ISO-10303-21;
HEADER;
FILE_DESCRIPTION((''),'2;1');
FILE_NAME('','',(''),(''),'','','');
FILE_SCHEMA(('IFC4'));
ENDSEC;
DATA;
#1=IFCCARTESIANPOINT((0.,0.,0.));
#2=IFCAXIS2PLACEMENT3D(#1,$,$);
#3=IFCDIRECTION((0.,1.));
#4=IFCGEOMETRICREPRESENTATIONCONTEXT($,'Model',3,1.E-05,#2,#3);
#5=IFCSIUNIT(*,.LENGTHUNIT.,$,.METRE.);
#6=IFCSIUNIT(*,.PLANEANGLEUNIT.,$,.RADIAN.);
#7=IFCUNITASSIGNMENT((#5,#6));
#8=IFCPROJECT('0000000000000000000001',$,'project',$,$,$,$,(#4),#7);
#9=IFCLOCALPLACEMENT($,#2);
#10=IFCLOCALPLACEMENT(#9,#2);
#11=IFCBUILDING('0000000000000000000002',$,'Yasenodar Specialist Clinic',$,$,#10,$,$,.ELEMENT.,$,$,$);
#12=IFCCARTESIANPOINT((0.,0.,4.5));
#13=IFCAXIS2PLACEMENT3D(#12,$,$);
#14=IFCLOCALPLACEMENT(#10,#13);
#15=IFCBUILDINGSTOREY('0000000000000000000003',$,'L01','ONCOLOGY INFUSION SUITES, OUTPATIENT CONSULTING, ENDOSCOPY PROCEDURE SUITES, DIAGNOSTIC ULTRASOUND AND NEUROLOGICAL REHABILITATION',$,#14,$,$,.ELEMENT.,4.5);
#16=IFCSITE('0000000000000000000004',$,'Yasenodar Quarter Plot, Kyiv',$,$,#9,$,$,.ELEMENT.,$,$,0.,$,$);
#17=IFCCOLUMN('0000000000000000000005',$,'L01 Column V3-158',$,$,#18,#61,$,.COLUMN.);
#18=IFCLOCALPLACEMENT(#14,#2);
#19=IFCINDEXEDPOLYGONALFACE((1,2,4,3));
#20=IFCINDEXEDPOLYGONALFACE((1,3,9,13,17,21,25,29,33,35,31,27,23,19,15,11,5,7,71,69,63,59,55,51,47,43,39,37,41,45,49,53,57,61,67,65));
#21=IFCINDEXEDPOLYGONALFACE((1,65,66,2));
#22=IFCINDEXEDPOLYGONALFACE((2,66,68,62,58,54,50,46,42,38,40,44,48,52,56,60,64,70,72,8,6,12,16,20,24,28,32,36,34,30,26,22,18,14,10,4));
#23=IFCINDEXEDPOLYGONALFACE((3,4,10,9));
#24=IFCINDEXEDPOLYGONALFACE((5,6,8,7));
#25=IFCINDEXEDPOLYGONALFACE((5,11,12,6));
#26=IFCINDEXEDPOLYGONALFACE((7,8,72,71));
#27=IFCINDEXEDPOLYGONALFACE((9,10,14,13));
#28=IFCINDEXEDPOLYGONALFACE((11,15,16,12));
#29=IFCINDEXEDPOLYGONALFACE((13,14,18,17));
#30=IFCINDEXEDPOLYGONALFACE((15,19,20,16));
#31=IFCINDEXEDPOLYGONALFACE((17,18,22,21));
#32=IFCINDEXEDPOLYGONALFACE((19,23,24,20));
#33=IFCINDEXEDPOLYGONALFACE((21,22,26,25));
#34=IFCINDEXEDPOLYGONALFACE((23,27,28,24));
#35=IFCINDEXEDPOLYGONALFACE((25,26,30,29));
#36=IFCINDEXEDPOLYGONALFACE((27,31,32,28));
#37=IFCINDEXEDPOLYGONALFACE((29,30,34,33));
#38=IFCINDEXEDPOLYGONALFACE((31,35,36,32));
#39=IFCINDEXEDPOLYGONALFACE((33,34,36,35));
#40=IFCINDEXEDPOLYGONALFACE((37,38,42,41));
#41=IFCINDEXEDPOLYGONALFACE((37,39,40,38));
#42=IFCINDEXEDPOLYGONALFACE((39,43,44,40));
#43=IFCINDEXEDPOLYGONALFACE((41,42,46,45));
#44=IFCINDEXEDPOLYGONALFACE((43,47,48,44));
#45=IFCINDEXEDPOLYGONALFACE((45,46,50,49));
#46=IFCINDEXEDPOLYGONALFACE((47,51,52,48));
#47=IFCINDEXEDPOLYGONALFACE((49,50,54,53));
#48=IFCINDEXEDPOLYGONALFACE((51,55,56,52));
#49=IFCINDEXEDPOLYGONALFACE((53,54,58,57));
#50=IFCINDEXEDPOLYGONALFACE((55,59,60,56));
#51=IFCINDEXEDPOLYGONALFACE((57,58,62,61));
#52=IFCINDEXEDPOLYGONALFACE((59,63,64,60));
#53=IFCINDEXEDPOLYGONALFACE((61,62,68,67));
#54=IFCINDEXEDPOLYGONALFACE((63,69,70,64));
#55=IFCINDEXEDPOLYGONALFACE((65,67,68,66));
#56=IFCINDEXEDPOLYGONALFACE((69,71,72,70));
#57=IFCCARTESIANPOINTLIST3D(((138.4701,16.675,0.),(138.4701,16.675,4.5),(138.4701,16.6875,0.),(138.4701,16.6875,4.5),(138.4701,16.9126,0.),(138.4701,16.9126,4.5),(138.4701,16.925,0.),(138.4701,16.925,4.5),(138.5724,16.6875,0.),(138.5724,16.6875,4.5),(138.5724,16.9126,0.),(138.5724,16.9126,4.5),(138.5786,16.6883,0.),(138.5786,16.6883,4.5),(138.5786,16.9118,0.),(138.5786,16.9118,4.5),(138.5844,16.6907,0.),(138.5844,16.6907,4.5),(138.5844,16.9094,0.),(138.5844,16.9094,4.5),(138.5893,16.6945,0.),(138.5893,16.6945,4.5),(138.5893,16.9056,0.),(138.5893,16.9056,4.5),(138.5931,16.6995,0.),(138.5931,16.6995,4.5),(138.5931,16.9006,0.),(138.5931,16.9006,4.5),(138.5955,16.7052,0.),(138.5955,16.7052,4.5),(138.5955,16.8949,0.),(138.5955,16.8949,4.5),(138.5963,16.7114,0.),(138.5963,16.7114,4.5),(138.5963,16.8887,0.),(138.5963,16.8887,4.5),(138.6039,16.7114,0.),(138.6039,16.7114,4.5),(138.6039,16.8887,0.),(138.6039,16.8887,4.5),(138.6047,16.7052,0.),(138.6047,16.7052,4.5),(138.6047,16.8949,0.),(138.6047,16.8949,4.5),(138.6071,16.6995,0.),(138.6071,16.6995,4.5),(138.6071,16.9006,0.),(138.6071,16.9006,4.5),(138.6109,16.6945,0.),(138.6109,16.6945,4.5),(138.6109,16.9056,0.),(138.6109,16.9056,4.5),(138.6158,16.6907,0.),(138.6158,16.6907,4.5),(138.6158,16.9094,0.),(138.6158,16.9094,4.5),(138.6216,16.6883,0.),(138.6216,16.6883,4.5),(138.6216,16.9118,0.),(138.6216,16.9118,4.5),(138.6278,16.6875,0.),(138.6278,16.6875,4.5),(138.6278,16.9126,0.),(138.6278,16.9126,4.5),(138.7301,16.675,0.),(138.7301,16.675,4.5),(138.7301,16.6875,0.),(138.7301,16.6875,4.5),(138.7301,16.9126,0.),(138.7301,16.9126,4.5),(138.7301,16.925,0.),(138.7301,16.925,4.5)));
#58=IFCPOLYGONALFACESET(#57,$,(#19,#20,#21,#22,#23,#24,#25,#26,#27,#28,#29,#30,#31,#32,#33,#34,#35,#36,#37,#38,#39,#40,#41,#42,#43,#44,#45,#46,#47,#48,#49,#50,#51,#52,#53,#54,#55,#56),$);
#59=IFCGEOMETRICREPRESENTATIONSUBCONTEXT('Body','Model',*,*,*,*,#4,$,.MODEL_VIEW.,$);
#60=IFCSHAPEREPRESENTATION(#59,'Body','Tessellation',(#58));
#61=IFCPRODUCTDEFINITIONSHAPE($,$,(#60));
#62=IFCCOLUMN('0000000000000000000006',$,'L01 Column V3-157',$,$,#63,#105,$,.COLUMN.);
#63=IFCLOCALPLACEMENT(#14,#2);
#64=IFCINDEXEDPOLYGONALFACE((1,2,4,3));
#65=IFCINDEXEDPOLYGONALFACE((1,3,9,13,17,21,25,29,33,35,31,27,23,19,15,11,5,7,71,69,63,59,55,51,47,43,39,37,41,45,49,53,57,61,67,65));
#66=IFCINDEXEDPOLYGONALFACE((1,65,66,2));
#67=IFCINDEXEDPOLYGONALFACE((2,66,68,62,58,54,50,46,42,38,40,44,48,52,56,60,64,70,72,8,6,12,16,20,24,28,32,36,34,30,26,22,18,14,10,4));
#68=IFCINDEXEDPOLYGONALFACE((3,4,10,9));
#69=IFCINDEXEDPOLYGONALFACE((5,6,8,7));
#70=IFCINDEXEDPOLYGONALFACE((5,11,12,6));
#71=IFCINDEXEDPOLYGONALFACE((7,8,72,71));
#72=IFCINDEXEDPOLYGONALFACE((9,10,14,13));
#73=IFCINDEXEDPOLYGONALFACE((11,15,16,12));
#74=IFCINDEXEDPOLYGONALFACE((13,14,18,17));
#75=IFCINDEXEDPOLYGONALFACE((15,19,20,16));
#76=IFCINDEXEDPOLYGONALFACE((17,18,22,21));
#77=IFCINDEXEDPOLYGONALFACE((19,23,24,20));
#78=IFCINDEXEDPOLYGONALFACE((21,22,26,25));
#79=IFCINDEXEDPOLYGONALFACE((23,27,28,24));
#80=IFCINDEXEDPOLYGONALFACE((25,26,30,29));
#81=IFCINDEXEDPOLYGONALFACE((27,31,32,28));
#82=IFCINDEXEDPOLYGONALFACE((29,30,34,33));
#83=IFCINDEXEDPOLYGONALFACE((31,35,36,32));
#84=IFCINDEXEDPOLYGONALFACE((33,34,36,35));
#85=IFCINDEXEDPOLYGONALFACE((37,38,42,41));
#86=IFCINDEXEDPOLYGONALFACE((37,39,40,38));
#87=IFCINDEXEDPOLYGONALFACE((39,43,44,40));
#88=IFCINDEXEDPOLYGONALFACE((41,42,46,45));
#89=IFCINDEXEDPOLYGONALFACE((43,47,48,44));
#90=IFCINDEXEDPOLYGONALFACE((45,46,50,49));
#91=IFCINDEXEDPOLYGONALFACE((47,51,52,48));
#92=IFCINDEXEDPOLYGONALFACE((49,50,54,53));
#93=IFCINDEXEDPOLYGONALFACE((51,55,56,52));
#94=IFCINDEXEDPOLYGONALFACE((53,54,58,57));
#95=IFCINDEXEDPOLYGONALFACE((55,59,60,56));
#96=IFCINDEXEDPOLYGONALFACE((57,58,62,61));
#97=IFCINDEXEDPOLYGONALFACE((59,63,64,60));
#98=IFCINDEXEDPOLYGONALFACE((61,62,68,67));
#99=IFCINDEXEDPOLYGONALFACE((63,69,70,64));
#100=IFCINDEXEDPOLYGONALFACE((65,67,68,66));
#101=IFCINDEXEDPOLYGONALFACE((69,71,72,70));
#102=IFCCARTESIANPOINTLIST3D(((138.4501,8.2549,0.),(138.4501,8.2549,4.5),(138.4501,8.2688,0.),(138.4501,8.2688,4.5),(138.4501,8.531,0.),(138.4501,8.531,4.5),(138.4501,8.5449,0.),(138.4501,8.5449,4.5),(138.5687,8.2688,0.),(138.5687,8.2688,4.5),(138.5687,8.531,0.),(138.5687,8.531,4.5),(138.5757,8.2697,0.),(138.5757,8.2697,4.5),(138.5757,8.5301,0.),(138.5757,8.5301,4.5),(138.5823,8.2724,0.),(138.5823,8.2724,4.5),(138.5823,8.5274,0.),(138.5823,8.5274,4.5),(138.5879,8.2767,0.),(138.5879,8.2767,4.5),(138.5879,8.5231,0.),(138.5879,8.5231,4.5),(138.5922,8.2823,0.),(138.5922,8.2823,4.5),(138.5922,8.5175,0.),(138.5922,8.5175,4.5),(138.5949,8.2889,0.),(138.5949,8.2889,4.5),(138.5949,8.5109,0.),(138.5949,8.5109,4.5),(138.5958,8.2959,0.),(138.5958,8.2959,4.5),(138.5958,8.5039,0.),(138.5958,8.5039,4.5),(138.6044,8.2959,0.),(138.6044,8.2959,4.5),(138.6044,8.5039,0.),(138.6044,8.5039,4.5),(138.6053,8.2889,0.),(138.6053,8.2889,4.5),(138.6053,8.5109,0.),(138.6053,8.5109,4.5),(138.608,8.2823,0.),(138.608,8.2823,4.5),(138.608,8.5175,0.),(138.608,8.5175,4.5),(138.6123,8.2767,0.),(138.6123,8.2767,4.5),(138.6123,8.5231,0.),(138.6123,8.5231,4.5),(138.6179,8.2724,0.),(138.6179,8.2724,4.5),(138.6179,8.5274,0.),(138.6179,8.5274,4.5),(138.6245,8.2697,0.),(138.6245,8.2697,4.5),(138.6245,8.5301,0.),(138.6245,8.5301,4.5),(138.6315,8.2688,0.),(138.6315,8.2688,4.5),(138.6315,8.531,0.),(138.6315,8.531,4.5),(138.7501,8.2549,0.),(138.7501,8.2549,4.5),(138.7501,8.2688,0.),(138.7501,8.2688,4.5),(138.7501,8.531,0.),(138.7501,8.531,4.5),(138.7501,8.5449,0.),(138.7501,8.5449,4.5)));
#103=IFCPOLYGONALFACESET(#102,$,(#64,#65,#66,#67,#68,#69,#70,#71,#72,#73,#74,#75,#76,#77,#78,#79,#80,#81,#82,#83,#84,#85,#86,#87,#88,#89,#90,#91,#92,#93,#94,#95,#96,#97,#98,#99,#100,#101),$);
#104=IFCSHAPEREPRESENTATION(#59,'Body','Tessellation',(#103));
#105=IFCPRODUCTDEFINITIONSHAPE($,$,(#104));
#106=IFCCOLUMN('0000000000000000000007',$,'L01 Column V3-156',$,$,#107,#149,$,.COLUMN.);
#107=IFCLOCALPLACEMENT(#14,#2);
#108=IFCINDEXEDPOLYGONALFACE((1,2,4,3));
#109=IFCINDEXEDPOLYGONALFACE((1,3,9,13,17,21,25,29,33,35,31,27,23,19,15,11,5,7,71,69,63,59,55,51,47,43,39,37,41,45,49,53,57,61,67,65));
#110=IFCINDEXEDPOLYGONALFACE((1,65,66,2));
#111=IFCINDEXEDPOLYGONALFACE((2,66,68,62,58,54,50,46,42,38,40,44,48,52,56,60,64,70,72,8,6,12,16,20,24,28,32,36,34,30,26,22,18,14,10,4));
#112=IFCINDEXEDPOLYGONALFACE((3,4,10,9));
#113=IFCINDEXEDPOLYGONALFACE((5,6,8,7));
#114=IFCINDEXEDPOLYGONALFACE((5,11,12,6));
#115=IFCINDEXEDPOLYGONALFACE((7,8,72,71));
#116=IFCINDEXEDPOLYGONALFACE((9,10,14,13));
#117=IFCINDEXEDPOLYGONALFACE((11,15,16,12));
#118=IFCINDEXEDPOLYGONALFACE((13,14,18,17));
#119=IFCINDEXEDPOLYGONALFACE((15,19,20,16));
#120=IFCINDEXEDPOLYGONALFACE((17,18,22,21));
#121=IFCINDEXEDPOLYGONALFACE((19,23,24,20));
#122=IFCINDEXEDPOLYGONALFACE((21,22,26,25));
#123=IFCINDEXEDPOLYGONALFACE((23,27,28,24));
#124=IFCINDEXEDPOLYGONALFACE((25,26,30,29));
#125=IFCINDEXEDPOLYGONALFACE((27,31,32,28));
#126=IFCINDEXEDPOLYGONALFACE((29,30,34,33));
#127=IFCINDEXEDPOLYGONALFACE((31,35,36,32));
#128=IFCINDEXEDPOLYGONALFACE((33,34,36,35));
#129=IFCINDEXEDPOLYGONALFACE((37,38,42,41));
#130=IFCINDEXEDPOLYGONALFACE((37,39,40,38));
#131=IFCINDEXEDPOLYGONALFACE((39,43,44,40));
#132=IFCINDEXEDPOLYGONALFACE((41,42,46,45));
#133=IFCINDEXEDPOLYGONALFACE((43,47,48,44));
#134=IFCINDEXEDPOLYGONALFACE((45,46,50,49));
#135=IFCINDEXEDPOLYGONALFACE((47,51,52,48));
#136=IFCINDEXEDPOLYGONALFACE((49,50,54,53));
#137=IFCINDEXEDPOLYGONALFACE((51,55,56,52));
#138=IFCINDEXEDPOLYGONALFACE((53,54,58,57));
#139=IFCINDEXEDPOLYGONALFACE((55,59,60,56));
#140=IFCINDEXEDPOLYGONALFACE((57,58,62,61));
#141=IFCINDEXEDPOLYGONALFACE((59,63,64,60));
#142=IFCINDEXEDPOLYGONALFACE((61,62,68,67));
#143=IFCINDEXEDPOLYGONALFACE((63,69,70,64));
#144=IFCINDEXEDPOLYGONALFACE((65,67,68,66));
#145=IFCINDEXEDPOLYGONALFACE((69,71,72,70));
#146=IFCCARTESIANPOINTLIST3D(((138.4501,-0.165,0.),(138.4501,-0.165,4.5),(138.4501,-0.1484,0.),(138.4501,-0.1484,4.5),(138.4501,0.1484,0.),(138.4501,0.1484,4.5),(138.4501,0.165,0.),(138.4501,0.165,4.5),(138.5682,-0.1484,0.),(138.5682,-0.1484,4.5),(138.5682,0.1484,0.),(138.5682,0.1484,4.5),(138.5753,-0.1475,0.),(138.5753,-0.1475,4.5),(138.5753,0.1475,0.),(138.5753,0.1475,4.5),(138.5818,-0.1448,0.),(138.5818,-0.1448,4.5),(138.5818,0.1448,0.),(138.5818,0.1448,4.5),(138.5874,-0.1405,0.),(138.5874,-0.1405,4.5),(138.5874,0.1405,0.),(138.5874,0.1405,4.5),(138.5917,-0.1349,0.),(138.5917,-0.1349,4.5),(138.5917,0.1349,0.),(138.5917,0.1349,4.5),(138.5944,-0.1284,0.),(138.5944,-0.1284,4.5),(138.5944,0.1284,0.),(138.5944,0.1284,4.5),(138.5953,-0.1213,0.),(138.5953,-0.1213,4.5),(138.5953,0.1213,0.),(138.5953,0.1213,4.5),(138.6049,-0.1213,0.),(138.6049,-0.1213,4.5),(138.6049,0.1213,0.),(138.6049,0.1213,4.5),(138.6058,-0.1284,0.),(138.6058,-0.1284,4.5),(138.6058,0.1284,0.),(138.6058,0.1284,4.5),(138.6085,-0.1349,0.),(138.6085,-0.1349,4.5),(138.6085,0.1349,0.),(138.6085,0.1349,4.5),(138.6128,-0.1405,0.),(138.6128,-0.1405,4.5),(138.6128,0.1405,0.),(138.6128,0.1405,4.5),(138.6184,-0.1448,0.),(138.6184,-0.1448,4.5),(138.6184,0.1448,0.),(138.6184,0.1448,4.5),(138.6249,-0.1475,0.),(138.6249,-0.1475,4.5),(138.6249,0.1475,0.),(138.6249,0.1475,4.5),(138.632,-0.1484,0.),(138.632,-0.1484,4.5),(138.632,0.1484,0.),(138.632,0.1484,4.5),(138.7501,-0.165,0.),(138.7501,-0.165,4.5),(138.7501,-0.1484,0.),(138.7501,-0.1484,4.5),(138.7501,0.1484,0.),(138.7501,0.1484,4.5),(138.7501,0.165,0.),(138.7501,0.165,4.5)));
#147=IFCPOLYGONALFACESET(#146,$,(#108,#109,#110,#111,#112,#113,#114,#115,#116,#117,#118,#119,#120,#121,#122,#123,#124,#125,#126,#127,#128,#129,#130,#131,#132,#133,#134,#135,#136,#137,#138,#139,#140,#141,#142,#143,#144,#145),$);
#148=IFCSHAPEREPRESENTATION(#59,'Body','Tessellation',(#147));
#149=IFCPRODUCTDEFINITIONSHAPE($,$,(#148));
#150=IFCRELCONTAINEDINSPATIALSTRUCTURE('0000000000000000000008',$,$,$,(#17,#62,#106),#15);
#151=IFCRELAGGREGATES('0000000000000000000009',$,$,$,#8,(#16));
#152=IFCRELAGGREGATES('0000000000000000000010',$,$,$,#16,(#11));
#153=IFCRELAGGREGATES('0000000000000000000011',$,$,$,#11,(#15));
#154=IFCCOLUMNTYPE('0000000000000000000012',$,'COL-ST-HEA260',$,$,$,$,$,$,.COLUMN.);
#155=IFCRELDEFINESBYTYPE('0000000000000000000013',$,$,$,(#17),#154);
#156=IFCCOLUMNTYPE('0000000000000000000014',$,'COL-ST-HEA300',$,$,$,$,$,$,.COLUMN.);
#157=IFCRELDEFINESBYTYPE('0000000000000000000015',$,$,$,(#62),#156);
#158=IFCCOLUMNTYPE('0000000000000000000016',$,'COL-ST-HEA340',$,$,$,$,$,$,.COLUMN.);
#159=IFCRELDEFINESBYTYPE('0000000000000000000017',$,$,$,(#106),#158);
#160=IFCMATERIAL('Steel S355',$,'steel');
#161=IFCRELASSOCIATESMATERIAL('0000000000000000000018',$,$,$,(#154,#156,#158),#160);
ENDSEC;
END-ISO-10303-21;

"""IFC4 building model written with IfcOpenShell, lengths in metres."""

from ifc_helpers import new_model, si_unit, direction, frame, origin, origin_2d, place, context, subcontext, project, spatial, i_section, extrude, material, material_profile, profile_set, type_object, element, save


model = new_model("IFC4")

# Units and contexts
model_context = context("Model", 3, precision=1e-05, world=origin(), true_north=direction((0.0, 1.0)))
body_context = subcontext(model_context, "Body", "Model", "MODEL_VIEW")
ifc_project = project(units=[si_unit("LENGTHUNIT", "METRE"), si_unit("PLANEANGLEUNIT", "RADIAN")], contexts=[model_context])

# Site, building, storey
site_placement = place(None, origin())
site = spatial("IfcSite", under=ifc_project, at=site_placement, Name="Yasenodar Quarter Plot, Kyiv", CompositionType="ELEMENT", RefElevation=0.0)
building_placement = place(site_placement, origin())
building = spatial("IfcBuilding", under=site, at=building_placement, Name="Yasenodar Specialist Clinic", CompositionType="ELEMENT")
storey_placement = place(building_placement, frame((0.0, 0.0, 4.5)))
storey = spatial("IfcBuildingStorey", under=building, at=storey_placement, Name="L01", Description="ONCOLOGY INFUSION SUITES, OUTPATIENT CONSULTING, ENDOSCOPY PROCEDURE SUITES, DIAGNOSTIC ULTRASOUND AND NEUROLOGICAL REHABILITATION", CompositionType="ELEMENT", Elevation=4.5)

# Columns
ifc_material_1 = material(Name="Steel S355", Category="steel")
ifc_material_profile_1 = material_profile(ifc_material_1, i_section(OverallWidth=0.26, OverallDepth=0.25, WebThickness=0.0076, FlangeThickness=0.0125, FilletRadius=0.0239, at=origin_2d()), Name="HEA 260")
ifc_profile_set_1 = profile_set([ifc_material_profile_1], Name="Steel S355")
column_type_1 = type_object("IfcColumnType", Name="COL-ST-HEA260", PredefinedType="COLUMN", material=ifc_profile_set_1)
column_1_placement = place(storey_placement, frame((138.6001, 16.8, 0.0), z_axis=(0.0, 0.0, 1.0), x_axis=(1.0, 0.0, 0.0)))
element("IfcColumn", 1, at=column_1_placement, inside=storey, type_object=column_type_1, Name="L01 Column V3-158", PredefinedType="COLUMN", context=body_context, shape_type="SweptSolid", body=[
    extrude(i_section(OverallWidth=0.26, OverallDepth=0.25, WebThickness=0.0076, FlangeThickness=0.0125, FilletRadius=0.0239, at=origin_2d()), origin(), (0.0, 0.0, 1.0), 4.5),
])
ifc_material_profile_2 = material_profile(ifc_material_1, i_section(OverallWidth=0.3, OverallDepth=0.29, WebThickness=0.0085, FlangeThickness=0.0139, FilletRadius=0.0271, at=origin_2d()), Name="HEA 300")
ifc_profile_set_2 = profile_set([ifc_material_profile_2], Name="Steel S355")
column_type_2 = type_object("IfcColumnType", Name="COL-ST-HEA300", PredefinedType="COLUMN", material=ifc_profile_set_2)
column_2_placement = place(storey_placement, frame((138.6001, 8.3999, 0.0), z_axis=(0.0, 0.0, 1.0), x_axis=(1.0, 0.0, 0.0)))
element("IfcColumn", 2, at=column_2_placement, inside=storey, type_object=column_type_2, Name="L01 Column V3-157", PredefinedType="COLUMN", context=body_context, shape_type="SweptSolid", body=[
    extrude(i_section(OverallWidth=0.3, OverallDepth=0.29, WebThickness=0.0085, FlangeThickness=0.0139, FilletRadius=0.0271, at=origin_2d()), origin(), (0.0, 0.0, 1.0), 4.5),
])
ifc_material_profile_3 = material_profile(ifc_material_1, i_section(OverallWidth=0.3, OverallDepth=0.3301, WebThickness=0.0095, FlangeThickness=0.0166, FilletRadius=0.0271, at=origin_2d()), Name="HEA 340")
ifc_profile_set_3 = profile_set([ifc_material_profile_3], Name="Steel S355")
column_type_3 = type_object("IfcColumnType", Name="COL-ST-HEA340", PredefinedType="COLUMN", material=ifc_profile_set_3)
column_3_placement = place(storey_placement, frame((138.6001, 0.0, 0.0), z_axis=(0.0, 0.0, 1.0), x_axis=(1.0, 0.0, 0.0)))
element("IfcColumn", 3, at=column_3_placement, inside=storey, type_object=column_type_3, Name="L01 Column V3-156", PredefinedType="COLUMN", context=body_context, shape_type="SweptSolid", body=[
    extrude(i_section(OverallWidth=0.3, OverallDepth=0.3301, WebThickness=0.0095, FlangeThickness=0.0166, FilletRadius=0.0271, at=origin_2d()), origin(), (0.0, 0.0, 1.0), 4.5),
])

save(model, "model.ifc")
